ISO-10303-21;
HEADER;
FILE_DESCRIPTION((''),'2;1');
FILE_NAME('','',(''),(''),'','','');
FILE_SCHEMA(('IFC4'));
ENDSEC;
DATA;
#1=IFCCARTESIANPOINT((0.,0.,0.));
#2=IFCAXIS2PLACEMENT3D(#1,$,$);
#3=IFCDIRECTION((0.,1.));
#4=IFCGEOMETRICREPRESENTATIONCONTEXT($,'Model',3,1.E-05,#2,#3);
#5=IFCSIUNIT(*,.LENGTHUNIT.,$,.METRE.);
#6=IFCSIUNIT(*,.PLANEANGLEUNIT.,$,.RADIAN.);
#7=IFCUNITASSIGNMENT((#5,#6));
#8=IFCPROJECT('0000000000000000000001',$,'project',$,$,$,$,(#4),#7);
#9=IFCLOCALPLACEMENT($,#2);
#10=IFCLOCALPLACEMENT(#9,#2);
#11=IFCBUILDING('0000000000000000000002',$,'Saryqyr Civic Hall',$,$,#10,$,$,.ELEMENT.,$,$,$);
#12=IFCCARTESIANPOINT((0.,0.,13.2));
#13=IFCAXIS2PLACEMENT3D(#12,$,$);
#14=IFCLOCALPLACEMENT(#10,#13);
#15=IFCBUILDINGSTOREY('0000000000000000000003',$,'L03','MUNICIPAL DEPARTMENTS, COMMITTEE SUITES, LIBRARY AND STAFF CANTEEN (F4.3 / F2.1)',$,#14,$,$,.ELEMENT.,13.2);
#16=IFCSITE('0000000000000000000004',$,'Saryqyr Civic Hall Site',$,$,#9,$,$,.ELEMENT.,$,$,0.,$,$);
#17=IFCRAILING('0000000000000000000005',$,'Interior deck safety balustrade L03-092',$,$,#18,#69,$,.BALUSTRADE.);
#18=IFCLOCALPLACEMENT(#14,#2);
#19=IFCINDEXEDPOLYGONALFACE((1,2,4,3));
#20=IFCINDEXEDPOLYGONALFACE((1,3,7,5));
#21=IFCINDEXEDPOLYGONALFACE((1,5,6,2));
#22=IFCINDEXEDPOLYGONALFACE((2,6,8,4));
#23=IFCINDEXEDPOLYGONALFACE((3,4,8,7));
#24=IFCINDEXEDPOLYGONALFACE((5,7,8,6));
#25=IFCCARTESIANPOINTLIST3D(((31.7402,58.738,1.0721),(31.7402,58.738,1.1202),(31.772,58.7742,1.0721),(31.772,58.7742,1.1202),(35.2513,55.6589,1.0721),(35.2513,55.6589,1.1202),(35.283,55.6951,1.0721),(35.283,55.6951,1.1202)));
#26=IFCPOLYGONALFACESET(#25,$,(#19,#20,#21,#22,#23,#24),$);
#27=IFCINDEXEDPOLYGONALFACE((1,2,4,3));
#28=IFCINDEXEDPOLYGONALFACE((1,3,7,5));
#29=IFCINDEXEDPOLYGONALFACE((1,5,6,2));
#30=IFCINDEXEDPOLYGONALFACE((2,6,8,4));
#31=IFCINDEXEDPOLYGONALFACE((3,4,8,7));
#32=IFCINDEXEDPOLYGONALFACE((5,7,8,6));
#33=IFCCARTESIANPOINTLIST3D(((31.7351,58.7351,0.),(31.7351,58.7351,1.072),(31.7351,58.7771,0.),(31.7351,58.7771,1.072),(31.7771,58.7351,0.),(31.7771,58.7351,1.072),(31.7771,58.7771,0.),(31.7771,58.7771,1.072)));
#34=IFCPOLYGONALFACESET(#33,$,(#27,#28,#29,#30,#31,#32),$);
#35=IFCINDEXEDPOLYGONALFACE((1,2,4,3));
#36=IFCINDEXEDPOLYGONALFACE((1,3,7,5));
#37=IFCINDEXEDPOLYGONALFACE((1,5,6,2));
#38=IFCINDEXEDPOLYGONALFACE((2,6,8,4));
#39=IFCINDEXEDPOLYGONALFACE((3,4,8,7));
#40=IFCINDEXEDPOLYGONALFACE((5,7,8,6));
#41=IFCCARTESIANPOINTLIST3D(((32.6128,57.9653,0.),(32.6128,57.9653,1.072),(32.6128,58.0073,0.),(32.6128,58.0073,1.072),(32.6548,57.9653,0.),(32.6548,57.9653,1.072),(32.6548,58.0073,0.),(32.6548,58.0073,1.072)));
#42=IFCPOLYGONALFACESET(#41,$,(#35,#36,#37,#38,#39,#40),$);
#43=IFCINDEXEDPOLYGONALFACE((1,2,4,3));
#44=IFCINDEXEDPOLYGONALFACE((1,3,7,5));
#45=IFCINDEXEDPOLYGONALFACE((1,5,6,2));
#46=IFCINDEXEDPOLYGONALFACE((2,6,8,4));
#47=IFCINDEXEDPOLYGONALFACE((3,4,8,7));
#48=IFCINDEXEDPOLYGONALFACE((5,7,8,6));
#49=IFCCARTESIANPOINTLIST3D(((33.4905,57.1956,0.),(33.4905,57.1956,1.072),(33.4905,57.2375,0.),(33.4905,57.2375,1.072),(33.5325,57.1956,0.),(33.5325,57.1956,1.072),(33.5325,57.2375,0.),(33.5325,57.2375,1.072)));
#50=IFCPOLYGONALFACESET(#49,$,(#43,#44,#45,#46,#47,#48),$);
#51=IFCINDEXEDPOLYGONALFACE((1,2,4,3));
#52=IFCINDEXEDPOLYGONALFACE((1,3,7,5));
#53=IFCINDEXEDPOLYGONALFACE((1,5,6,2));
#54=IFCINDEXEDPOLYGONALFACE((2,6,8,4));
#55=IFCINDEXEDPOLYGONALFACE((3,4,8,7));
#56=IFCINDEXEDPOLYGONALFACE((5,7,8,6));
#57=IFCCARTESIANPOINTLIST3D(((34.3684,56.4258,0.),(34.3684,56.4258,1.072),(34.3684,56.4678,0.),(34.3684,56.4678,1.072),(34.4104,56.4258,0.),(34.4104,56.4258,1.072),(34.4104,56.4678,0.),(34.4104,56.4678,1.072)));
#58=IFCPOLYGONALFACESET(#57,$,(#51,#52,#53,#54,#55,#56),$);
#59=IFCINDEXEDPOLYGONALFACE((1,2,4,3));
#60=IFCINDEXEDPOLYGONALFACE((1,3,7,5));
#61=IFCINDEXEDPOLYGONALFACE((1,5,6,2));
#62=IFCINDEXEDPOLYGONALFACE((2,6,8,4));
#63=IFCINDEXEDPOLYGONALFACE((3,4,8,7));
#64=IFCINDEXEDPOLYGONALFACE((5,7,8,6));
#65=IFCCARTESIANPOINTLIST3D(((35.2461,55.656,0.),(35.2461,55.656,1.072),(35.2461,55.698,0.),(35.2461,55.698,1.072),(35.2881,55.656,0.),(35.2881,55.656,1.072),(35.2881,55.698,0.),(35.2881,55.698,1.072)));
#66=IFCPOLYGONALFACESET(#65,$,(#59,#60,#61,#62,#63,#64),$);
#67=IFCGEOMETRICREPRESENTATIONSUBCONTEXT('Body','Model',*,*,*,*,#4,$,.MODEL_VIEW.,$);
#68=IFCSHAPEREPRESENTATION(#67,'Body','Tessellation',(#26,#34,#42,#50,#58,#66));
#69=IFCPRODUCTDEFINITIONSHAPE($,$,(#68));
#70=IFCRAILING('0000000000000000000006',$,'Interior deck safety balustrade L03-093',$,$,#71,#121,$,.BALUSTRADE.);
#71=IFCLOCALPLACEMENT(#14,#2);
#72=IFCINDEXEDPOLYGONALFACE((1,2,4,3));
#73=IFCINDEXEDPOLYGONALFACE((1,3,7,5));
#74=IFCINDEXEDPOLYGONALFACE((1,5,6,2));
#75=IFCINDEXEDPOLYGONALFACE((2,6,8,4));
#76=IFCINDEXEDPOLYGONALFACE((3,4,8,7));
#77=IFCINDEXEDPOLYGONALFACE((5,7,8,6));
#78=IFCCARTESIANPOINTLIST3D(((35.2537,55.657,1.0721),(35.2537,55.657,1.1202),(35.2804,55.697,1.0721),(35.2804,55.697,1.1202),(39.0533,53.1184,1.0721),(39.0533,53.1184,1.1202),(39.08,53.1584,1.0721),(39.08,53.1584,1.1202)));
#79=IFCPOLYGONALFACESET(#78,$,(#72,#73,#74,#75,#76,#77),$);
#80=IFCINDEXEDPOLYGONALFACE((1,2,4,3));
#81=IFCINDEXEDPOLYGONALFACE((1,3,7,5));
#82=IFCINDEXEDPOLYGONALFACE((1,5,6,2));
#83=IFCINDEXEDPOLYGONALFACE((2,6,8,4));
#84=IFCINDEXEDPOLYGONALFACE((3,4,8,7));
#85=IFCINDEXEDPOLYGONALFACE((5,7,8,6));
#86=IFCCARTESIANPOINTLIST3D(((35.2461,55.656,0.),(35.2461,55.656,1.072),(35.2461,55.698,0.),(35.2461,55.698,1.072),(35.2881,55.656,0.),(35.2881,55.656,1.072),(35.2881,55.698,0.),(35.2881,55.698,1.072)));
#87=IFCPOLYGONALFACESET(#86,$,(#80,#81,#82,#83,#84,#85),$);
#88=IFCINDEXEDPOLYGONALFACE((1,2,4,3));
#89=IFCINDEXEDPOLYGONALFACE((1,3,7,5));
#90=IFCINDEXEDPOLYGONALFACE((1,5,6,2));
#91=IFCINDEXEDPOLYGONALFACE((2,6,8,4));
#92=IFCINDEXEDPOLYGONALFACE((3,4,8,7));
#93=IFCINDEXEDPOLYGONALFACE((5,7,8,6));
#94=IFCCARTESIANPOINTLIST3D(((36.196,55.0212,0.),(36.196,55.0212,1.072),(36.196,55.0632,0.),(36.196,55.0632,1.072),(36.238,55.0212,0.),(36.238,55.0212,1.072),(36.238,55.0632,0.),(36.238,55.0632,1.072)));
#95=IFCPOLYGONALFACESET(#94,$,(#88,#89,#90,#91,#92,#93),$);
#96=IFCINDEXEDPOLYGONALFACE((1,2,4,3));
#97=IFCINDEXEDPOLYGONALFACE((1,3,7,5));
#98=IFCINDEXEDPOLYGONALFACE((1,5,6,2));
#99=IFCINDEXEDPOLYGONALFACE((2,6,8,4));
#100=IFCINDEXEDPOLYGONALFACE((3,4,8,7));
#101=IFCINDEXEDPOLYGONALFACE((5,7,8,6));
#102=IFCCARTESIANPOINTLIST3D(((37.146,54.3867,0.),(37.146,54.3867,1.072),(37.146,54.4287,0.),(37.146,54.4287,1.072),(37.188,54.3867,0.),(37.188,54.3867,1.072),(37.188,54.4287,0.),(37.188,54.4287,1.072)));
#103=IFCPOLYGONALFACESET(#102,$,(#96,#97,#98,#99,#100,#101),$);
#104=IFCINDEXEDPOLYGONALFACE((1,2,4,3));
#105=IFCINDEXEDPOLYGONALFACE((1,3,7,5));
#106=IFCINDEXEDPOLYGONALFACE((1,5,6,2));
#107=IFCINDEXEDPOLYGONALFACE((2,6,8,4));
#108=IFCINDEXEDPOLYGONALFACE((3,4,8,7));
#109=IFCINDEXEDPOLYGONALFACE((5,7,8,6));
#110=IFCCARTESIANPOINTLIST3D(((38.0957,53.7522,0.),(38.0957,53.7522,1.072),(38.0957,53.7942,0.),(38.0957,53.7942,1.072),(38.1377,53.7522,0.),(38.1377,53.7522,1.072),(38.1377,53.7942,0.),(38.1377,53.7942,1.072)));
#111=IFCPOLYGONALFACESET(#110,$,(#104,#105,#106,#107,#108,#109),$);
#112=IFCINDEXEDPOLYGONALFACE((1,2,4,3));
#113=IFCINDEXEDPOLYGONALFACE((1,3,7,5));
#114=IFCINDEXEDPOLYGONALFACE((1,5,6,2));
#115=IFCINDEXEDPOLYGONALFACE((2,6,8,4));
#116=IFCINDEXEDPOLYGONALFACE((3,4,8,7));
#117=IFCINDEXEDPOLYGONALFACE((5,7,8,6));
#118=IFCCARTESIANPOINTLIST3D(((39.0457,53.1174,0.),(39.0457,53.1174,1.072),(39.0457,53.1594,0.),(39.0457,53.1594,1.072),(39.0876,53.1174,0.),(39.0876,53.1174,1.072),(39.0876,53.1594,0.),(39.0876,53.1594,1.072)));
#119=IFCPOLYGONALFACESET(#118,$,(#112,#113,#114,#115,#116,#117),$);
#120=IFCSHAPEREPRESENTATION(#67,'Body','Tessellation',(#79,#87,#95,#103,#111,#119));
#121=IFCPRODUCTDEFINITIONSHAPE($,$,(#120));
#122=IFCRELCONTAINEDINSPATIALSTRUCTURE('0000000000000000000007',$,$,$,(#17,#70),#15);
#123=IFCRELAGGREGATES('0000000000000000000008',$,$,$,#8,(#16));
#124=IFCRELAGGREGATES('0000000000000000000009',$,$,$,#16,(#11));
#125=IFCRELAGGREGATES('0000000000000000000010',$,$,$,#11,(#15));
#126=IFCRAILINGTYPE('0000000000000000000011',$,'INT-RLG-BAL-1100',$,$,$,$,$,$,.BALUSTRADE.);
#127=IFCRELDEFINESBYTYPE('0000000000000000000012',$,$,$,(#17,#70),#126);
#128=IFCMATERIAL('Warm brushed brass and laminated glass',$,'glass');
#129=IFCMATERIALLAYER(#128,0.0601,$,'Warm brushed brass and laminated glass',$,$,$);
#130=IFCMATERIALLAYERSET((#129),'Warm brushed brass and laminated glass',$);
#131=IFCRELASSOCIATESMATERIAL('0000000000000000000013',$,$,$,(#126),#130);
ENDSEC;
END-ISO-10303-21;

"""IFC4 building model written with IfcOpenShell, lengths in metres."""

from ifc_helpers import new_model, si_unit, direction, frame, origin, origin_2d, place, context, subcontext, project, spatial, rectangle, extrude, material, layer, layer_set, type_object, element, save


model = new_model("IFC4")

# Units and contexts
model_context = context("Model", 3, precision=1e-05, world=origin(), true_north=direction((0.0, 1.0)))
body_context = subcontext(model_context, "Body", "Model", "MODEL_VIEW")
ifc_project = project(units=[si_unit("LENGTHUNIT", "METRE"), si_unit("PLANEANGLEUNIT", "RADIAN")], contexts=[model_context])

# Site, building, storey
site_placement = place(None, origin())
site = spatial("IfcSite", under=ifc_project, at=site_placement, Name="Saryqyr Civic Hall Site", CompositionType="ELEMENT", RefElevation=0.0)
building_placement = place(site_placement, origin())
building = spatial("IfcBuilding", under=site, at=building_placement, Name="Saryqyr Civic Hall", CompositionType="ELEMENT")
storey_placement = place(building_placement, frame((0.0, 0.0, 13.2)))
storey = spatial("IfcBuildingStorey", under=building, at=storey_placement, Name="L03", Description="MUNICIPAL DEPARTMENTS, COMMITTEE SUITES, LIBRARY AND STAFF CANTEEN (F4.3 / F2.1)", CompositionType="ELEMENT", Elevation=13.2)

# Railings
ifc_material_1 = material(Name="Warm brushed brass and laminated glass", Category="glass")
ifc_layer_1 = layer(ifc_material_1, 0.0601, Name="Warm brushed brass and laminated glass")
ifc_layer_set_1 = layer_set([ifc_layer_1], Name="Warm brushed brass and laminated glass")
railing_type = type_object("IfcRailingType", Name="INT-RLG-BAL-1100", PredefinedType="BALUSTRADE", material=ifc_layer_set_1)
railing_1_placement = place(storey_placement, frame((31.7561, 58.7561, 0.0)))
element("IfcRailing", 1, at=railing_1_placement, inside=storey, type_object=railing_type, Name="Interior deck safety balustrade L03-092", PredefinedType="BALUSTRADE", context=body_context, shape_type="SweptSolid", body=[
    extrude(rectangle(XDim=0.0481, YDim=0.0481, at=origin_2d()), frame((0.0, 0.0, 1.0962), z_axis=(0.751835, -0.659352, 0.0), x_axis=(0.659352, 0.751835, 0.0)), (0.0, 0.0, 1.0), 4.6699),
    extrude(rectangle(XDim=0.042, YDim=0.042, at=origin_2d()), origin(), (0.0, 0.0, 1.0), 1.072),
    extrude(rectangle(XDim=0.042, YDim=0.042, at=origin_2d()), frame((0.8777, -0.7698, 0.0)), (0.0, 0.0, 1.0), 1.072),
    extrude(rectangle(XDim=0.042, YDim=0.042, at=origin_2d()), frame((1.7554, -1.5396, 0.0)), (0.0, 0.0, 1.0), 1.072),
    extrude(rectangle(XDim=0.042, YDim=0.042, at=origin_2d()), frame((2.6333, -2.3093, 0.0)), (0.0, 0.0, 1.0), 1.072),
    extrude(rectangle(XDim=0.042, YDim=0.042, at=origin_2d()), frame((3.511, -3.0791, 0.0)), (0.0, 0.0, 1.0), 1.072),
])
railing_2_placement = place(storey_placement, frame((35.2671, 55.677, 0.0)))
element("IfcRailing", 2, at=railing_2_placement, inside=storey, type_object=railing_type, Name="Interior deck safety balustrade L03-093", PredefinedType="BALUSTRADE", context=body_context, shape_type="SweptSolid", body=[
    extrude(rectangle(XDim=0.0481, YDim=0.0481, at=origin_2d()), frame((0.0, 0.0, 1.0962), z_axis=(0.831491, -0.555538, 0.0), x_axis=(0.555538, 0.831491, 0.0)), (0.0, 0.0, 1.0), 4.5696),
    extrude(rectangle(XDim=0.042, YDim=0.042, at=origin_2d()), origin(), (0.0, 0.0, 1.0), 1.072),
    extrude(rectangle(XDim=0.042, YDim=0.042, at=origin_2d()), frame((0.95, -0.6348, 0.0)), (0.0, 0.0, 1.0), 1.072),
    extrude(rectangle(XDim=0.042, YDim=0.042, at=origin_2d()), frame((1.8999, -1.2693, 0.0)), (0.0, 0.0, 1.0), 1.072),
    extrude(rectangle(XDim=0.042, YDim=0.042, at=origin_2d()), frame((2.8496, -1.9038, 0.0)), (0.0, 0.0, 1.0), 1.072),
    extrude(rectangle(XDim=0.042, YDim=0.042, at=origin_2d()), frame((3.7996, -2.5386, 0.0)), (0.0, 0.0, 1.0), 1.072),
])

save(model, "model.ifc")
